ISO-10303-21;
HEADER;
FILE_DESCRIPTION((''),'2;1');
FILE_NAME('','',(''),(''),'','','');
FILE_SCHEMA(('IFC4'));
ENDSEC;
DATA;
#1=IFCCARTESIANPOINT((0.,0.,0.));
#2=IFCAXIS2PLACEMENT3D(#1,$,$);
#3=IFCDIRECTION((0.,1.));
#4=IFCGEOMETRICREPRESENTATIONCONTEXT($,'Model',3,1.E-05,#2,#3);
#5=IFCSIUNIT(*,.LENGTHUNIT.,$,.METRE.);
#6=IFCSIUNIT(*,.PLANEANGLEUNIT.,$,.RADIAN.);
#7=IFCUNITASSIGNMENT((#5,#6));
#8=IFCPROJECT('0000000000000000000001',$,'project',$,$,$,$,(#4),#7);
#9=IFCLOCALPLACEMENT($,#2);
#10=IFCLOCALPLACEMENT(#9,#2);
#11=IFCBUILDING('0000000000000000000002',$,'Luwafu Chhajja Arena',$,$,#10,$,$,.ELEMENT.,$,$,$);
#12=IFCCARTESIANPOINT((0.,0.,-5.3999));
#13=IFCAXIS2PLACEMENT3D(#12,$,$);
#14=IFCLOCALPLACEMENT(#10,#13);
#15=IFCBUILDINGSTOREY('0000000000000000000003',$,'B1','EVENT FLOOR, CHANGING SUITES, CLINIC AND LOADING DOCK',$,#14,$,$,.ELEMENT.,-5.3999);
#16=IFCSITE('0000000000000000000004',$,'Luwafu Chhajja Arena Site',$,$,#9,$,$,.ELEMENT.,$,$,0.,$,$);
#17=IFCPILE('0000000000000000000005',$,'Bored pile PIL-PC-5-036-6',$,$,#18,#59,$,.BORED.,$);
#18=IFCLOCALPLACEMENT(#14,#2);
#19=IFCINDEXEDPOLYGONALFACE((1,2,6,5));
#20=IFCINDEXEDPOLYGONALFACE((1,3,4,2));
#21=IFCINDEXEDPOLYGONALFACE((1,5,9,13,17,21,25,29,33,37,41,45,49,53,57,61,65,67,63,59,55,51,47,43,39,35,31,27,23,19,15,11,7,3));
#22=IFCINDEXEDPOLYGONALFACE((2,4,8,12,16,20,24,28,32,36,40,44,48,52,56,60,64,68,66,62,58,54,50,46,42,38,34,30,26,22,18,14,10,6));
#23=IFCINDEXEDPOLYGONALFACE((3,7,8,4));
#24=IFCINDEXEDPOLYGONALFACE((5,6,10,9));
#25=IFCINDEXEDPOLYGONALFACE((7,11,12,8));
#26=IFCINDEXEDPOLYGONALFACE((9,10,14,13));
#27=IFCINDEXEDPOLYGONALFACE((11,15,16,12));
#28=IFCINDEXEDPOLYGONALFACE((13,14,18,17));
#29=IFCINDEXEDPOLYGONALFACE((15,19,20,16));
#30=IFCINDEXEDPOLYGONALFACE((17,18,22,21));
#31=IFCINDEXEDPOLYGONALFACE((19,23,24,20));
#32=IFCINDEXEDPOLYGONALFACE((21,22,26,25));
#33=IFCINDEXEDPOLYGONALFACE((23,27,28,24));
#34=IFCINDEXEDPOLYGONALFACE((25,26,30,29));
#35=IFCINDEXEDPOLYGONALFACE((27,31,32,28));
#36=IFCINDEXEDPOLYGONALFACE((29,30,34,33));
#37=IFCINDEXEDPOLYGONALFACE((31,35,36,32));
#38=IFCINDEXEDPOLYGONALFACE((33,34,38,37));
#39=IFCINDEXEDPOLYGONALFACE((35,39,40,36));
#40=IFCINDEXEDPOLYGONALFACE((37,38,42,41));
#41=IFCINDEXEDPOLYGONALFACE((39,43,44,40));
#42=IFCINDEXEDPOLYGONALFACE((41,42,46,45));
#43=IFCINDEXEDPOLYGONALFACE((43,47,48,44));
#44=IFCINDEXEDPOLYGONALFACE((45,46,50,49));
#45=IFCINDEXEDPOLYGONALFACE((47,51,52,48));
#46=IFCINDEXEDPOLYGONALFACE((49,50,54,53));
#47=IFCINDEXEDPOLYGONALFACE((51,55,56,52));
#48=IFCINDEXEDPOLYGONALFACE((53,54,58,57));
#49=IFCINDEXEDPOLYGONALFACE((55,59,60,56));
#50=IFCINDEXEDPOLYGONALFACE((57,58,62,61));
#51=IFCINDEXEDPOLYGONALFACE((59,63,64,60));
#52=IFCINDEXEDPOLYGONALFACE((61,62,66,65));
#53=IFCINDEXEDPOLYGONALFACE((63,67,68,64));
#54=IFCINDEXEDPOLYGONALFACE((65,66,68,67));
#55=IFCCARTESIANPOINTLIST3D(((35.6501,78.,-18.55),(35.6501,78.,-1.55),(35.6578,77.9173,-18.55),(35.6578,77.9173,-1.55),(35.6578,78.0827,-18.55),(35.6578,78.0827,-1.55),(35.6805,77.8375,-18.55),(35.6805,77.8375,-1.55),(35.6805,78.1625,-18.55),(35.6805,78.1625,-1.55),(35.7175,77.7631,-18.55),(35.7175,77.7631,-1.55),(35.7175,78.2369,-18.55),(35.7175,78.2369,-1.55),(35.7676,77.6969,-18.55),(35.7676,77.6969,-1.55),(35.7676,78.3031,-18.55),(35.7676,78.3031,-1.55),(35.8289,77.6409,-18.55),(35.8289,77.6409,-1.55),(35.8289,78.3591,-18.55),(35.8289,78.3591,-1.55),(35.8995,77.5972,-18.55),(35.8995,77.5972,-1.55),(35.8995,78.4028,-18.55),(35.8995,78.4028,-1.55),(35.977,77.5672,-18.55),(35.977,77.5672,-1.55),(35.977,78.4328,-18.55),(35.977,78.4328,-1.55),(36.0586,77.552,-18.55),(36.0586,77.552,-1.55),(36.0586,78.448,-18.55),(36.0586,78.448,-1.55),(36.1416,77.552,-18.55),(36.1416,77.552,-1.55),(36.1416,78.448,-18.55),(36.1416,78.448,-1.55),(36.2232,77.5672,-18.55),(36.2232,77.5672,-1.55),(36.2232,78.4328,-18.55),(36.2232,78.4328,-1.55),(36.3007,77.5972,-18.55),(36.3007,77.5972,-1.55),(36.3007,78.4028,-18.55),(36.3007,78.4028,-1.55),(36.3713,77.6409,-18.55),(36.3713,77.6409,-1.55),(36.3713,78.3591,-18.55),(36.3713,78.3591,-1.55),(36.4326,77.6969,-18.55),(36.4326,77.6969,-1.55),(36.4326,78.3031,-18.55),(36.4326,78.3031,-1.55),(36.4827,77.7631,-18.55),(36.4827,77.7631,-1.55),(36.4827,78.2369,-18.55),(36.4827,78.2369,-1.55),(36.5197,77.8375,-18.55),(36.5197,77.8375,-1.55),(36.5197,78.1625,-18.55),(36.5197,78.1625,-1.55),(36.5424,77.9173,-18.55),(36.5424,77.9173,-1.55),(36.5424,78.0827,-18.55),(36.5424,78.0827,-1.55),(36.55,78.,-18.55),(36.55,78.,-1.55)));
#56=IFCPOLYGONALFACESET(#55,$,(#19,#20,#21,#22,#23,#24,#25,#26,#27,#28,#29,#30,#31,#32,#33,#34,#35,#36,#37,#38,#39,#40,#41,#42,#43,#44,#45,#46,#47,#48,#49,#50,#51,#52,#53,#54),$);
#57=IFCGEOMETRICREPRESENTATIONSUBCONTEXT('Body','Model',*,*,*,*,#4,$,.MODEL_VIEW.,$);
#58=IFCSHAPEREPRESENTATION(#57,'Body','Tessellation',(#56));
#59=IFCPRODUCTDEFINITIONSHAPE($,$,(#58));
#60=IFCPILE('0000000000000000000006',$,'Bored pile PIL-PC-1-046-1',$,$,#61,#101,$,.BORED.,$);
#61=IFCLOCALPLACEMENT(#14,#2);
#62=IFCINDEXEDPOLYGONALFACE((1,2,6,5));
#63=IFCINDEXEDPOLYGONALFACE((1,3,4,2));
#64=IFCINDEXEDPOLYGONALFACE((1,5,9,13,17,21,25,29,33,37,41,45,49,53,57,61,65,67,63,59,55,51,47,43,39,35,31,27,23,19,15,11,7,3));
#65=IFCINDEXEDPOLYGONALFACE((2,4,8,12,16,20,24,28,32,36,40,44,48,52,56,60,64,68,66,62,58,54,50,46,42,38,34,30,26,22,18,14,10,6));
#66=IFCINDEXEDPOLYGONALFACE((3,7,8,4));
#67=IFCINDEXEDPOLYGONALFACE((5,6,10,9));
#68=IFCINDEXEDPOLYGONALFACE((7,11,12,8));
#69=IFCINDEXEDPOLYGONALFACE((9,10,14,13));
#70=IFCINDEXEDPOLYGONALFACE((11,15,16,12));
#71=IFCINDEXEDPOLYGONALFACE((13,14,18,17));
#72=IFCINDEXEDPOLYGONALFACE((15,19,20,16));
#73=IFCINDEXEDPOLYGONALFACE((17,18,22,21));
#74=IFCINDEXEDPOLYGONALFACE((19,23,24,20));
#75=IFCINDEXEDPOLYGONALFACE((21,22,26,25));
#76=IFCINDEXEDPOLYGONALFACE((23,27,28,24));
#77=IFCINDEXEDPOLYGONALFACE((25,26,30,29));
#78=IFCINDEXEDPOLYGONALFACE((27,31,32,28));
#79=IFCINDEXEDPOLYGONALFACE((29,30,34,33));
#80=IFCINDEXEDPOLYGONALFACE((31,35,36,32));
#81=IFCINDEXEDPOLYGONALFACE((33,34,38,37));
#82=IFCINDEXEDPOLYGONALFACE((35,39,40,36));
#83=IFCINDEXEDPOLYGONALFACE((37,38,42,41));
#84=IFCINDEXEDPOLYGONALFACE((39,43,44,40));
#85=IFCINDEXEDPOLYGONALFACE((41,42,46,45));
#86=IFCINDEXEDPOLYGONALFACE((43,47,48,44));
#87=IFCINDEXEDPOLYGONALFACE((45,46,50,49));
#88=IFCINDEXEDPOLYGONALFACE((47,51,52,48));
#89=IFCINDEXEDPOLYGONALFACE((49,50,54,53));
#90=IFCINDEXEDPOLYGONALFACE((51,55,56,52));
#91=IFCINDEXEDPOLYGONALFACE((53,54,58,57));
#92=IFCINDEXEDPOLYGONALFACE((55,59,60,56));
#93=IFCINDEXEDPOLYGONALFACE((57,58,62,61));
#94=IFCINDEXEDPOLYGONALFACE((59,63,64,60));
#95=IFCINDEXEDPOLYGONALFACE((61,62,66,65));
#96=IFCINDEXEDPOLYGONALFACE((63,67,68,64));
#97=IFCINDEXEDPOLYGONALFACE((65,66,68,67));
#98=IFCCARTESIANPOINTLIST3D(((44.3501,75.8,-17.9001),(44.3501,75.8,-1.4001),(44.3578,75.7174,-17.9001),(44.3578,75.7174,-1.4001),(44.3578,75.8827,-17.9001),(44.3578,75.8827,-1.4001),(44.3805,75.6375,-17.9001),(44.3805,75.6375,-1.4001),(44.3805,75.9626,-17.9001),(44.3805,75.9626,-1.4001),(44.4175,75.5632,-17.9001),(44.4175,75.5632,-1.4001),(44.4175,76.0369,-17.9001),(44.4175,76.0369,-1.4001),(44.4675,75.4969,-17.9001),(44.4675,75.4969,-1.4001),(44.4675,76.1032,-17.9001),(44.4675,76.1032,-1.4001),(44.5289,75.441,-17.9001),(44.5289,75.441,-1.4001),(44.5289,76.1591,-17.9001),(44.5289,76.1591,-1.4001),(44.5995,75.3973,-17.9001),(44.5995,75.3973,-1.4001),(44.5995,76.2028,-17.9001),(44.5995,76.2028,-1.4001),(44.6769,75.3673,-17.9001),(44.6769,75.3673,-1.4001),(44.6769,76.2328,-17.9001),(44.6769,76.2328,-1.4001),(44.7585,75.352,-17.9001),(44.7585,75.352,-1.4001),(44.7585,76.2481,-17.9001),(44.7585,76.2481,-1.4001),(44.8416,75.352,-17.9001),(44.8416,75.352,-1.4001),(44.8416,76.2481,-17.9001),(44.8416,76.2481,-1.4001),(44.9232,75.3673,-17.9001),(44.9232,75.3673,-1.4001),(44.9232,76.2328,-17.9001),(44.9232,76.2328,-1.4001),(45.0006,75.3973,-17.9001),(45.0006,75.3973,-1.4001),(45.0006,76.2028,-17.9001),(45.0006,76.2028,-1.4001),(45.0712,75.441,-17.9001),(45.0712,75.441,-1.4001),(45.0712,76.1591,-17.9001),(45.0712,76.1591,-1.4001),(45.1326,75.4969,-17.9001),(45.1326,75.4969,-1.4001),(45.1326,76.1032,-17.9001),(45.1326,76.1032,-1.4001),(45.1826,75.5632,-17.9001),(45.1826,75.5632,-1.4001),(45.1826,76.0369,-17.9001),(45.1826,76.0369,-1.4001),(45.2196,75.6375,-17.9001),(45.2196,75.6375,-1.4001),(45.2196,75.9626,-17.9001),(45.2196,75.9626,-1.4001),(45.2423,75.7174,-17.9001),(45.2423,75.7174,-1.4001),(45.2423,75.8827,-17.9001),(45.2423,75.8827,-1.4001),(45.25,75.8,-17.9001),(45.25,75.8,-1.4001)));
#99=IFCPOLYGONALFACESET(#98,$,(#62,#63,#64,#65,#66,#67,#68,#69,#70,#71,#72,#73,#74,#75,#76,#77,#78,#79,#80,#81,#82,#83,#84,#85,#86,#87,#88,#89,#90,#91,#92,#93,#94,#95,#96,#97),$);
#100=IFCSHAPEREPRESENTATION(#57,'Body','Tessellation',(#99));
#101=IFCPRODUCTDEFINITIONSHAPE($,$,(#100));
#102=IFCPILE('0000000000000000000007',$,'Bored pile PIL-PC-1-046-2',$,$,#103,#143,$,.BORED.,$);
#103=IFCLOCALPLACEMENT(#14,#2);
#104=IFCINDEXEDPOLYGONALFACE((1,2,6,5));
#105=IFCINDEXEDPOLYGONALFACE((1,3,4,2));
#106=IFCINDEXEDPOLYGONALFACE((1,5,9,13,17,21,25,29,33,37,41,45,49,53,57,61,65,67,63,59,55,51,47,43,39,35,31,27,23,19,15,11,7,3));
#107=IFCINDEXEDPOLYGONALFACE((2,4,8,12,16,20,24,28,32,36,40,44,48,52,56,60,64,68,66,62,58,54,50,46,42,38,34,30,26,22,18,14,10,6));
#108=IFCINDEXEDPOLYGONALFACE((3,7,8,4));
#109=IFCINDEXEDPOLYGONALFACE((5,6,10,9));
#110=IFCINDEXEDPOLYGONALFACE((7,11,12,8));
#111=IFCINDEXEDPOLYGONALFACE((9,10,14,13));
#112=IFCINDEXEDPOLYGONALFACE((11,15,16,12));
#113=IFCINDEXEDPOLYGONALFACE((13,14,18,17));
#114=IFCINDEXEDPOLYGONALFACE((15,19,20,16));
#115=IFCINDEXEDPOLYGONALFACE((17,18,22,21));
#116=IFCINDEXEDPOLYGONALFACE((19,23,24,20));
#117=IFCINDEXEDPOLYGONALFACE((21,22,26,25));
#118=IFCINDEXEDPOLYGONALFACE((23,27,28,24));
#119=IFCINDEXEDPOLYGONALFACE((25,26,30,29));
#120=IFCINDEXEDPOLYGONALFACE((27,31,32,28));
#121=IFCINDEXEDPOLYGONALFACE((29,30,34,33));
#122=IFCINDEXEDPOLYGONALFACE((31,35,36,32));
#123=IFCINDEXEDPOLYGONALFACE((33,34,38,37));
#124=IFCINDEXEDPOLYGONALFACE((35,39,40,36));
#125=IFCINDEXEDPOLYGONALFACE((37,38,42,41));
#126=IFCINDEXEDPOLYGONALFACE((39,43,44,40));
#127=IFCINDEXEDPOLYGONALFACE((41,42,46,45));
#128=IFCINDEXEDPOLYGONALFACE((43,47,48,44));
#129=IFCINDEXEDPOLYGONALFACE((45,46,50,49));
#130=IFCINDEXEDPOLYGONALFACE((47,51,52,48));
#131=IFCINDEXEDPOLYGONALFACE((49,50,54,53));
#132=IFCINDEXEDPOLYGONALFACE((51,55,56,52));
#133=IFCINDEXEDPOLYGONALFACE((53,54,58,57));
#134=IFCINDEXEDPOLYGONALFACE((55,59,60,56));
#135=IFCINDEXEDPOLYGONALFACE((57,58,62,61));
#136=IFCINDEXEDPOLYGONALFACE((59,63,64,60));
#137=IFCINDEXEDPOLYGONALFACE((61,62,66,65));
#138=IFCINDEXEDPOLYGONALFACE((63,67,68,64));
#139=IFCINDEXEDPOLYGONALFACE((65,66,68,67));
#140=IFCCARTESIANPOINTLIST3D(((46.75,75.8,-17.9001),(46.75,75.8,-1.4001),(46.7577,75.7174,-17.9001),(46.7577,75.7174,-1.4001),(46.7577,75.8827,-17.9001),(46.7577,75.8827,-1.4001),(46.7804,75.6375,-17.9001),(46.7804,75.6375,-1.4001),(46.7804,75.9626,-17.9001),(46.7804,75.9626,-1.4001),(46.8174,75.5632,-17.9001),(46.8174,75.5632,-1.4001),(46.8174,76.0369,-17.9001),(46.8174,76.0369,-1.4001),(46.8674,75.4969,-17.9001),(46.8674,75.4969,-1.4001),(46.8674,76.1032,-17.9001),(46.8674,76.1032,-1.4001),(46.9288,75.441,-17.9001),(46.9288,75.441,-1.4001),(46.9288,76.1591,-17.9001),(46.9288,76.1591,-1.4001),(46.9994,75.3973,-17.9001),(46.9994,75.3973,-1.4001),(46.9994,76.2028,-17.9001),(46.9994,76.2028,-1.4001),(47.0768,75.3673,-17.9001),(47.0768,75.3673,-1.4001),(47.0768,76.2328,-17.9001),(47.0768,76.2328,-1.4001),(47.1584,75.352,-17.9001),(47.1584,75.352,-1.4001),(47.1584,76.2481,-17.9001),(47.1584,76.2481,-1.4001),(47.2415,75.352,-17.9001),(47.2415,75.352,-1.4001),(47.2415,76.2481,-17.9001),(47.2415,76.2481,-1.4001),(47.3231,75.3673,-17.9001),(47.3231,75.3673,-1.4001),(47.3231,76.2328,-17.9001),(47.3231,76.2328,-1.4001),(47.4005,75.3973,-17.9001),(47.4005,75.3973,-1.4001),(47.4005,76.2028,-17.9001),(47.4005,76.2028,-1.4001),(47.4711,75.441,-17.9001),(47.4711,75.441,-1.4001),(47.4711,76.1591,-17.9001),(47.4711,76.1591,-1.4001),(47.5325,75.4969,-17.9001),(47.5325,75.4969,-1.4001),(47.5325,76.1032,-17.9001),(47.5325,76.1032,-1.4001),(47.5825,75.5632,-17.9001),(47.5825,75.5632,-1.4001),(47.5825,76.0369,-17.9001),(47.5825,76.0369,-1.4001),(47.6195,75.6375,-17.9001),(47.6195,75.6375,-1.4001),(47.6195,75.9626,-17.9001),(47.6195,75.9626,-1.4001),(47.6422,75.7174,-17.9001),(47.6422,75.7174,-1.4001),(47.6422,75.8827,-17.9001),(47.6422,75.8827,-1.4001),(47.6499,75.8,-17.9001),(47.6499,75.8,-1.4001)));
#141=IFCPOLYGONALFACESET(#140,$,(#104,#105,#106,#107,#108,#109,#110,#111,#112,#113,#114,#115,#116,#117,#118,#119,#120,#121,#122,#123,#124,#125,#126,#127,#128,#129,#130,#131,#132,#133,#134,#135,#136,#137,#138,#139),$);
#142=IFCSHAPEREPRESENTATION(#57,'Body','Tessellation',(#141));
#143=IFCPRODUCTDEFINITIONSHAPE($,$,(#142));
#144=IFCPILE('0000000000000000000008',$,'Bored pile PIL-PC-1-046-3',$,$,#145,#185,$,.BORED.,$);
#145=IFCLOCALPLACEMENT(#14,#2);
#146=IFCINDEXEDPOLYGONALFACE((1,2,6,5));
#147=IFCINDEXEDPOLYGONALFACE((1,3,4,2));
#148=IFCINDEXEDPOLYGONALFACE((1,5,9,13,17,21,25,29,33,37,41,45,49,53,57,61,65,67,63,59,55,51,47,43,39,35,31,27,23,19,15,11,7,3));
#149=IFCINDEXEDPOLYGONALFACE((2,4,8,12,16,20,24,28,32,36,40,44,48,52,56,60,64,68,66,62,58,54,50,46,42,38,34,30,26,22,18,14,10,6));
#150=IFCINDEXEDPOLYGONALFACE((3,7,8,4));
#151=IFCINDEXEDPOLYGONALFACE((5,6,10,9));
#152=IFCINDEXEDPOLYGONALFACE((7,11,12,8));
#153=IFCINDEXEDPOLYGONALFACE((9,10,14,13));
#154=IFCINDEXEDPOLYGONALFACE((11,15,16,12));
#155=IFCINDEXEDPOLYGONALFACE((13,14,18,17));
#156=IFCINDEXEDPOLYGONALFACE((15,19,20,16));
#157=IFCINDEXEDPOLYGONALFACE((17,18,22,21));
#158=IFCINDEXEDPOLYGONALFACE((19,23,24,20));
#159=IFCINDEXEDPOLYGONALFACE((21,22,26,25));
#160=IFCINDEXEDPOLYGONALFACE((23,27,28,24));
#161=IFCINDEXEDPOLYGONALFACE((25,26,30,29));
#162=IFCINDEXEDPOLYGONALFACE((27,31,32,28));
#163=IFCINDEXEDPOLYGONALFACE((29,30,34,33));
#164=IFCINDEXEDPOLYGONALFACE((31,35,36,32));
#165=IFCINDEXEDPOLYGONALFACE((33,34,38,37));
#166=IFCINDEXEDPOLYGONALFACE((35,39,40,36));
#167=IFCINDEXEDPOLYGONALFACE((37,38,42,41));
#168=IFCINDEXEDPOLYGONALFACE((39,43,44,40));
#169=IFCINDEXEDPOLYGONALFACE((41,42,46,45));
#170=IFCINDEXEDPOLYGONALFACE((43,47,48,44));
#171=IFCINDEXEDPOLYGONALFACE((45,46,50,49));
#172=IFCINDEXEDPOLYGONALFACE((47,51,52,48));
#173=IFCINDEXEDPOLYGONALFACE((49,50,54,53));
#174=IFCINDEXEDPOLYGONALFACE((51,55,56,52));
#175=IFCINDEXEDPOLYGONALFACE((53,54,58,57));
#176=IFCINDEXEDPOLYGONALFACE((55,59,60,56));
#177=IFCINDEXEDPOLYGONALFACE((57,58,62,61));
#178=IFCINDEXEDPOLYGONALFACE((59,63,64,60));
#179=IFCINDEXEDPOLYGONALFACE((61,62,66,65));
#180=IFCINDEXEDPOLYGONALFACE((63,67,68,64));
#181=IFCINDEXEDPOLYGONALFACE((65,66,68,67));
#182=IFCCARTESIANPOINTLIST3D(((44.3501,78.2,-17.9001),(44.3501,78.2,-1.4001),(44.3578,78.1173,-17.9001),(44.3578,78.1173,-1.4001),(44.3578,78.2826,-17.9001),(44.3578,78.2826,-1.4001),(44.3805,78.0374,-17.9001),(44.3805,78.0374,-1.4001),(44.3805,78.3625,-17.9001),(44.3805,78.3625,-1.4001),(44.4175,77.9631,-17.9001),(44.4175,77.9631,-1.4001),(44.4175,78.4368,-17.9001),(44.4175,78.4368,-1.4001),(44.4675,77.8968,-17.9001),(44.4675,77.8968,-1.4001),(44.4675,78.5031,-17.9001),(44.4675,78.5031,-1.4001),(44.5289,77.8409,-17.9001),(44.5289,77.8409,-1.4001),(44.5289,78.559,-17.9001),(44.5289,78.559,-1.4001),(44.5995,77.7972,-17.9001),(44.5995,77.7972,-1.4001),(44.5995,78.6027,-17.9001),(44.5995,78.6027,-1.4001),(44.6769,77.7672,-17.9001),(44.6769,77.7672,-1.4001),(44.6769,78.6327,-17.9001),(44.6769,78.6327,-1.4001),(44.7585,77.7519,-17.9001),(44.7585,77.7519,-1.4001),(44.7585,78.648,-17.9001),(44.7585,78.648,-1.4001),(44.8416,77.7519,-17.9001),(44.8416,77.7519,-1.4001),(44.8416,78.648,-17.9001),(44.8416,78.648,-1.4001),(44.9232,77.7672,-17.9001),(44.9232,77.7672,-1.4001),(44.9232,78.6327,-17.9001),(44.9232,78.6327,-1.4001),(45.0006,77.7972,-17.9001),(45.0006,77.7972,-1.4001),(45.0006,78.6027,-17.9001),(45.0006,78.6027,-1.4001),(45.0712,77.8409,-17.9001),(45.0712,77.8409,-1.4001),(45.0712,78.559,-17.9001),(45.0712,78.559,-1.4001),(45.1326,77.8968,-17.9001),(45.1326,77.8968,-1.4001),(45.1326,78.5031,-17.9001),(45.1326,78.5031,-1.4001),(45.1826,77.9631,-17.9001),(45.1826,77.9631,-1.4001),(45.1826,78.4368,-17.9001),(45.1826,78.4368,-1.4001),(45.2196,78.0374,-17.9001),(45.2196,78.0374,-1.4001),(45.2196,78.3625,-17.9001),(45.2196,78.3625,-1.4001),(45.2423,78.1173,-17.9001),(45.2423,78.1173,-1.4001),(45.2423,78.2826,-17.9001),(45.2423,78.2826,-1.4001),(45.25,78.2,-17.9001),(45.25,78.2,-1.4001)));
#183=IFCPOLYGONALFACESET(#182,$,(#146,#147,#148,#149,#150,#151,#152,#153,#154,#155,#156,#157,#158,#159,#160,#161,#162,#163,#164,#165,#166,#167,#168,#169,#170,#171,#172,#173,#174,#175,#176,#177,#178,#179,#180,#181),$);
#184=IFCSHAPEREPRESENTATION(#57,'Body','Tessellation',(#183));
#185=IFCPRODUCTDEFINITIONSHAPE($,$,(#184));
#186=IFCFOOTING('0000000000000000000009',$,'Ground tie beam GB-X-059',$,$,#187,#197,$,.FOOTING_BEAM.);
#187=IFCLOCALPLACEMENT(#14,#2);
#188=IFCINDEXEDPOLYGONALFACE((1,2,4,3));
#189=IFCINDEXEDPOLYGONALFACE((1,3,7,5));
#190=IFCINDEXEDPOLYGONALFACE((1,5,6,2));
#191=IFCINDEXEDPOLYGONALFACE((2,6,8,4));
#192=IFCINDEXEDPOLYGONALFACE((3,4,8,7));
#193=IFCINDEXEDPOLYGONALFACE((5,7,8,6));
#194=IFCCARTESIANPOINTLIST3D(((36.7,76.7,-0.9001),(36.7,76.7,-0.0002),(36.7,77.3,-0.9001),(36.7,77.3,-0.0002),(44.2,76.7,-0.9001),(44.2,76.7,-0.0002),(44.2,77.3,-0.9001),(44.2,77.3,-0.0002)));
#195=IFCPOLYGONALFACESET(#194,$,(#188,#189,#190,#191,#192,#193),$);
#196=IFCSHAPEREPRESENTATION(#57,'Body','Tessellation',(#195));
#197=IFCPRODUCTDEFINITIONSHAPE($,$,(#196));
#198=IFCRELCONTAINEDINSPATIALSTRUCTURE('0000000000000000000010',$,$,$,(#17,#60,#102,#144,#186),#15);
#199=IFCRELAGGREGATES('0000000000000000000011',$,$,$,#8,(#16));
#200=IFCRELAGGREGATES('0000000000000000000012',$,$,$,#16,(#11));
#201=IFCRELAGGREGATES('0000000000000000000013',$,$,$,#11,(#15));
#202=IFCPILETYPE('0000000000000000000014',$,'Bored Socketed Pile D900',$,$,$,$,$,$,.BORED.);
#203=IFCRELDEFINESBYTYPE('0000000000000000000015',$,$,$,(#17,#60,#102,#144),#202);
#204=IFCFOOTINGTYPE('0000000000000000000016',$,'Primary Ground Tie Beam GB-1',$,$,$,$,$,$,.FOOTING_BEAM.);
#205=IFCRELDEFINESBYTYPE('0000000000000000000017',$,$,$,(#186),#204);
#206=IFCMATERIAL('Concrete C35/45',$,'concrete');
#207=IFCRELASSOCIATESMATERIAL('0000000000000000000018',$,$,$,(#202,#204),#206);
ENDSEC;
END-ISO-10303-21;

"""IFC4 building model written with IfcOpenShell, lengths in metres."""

from ifc_helpers import new_model, si_unit, direction, frame, origin, origin_2d, place, context, subcontext, project, spatial, rectangle, circle, extrude, material, material_profile, profile_set, type_object, element, save


model = new_model("IFC4")

# Units and contexts
model_context = context("Model", 3, precision=1e-05, world=origin(), true_north=direction((0.0, 1.0)))
body_context = subcontext(model_context, "Body", "Model", "MODEL_VIEW")
ifc_project = project(units=[si_unit("LENGTHUNIT", "METRE"), si_unit("PLANEANGLEUNIT", "RADIAN")], contexts=[model_context])

# Site, building, storey
site_placement = place(None, origin())
site = spatial("IfcSite", under=ifc_project, at=site_placement, Name="Luwafu Chhajja Arena Site", CompositionType="ELEMENT", RefElevation=0.0)
building_placement = place(site_placement, origin())
building = spatial("IfcBuilding", under=site, at=building_placement, Name="Luwafu Chhajja Arena", CompositionType="ELEMENT")
storey_placement = place(building_placement, frame((0.0, 0.0, -5.3999)))
storey = spatial("IfcBuildingStorey", under=building, at=storey_placement, Name="B1", Description="EVENT FLOOR, CHANGING SUITES, CLINIC AND LOADING DOCK", CompositionType="ELEMENT", Elevation=-5.3999)

# Shared definitions
ifc_material_1 = material(Name="Concrete C35/45", Category="concrete")

# Piles
ifc_material_profile_1 = material_profile(ifc_material_1, circle(Radius=0.45, at=origin_2d()), Name="PILE D900")
ifc_profile_set_1 = profile_set([ifc_material_profile_1], Name="Concrete C35/45")
pile_type_1 = type_object("IfcPileType", Name="Bored Socketed Pile D900", PredefinedType="BORED", material=ifc_profile_set_1)
for number, where, z_axis, x_axis, name in (
    (1, (36.1001, 78.0, -1.55), (0.0, 0.0, -1.0), (1.0, 0.0, 0.0), "Bored pile PIL-PC-5-036-6"),
):
    element("IfcPile", number, at=place(storey_placement, frame(where, z_axis=z_axis, x_axis=x_axis)), inside=storey, type_object=pile_type_1, Name=name, PredefinedType="BORED", context=body_context, shape_type="SweptSolid", body=[
        extrude(circle(Radius=0.45, at=origin_2d()), origin(), (0.0, 0.0, 1.0), 17.0),
    ])
for number, where, z_axis, x_axis, name in (
    (2, (44.8, 75.8, -1.4001), (0.0, 0.0, -1.0), (1.0, 0.0, 0.0), "Bored pile PIL-PC-1-046-1"),
    (3, (47.2, 75.8, -1.4001), (0.0, 0.0, -1.0), (1.0, 0.0, 0.0), "Bored pile PIL-PC-1-046-2"),
    (4, (44.8, 78.2, -1.4001), (0.0, 0.0, -1.0), (1.0, 0.0, 0.0), "Bored pile PIL-PC-1-046-3"),
):
    element("IfcPile", number, at=place(storey_placement, frame(where, z_axis=z_axis, x_axis=x_axis)), inside=storey, type_object=pile_type_1, Name=name, PredefinedType="BORED", context=body_context, shape_type="SweptSolid", body=[
        extrude(circle(Radius=0.45, at=origin_2d()), origin(), (0.0, 0.0, 1.0), 16.5),
    ])

# Footing
ifc_material_profile_2 = material_profile(ifc_material_1, rectangle(XDim=0.6001, YDim=0.8999, at=origin_2d()), Name="RC 600x900")
ifc_profile_set_2 = profile_set([ifc_material_profile_2], Name="Concrete C35/45")
footing_type_1 = type_object("IfcFootingType", Name="Primary Ground Tie Beam GB-1", PredefinedType="FOOTING_BEAM", material=ifc_profile_set_2)
footing_1_placement = place(storey_placement, frame((36.7, 77.0, -0.4502), z_axis=(1.0, 0.0, 0.0), x_axis=(0.0, 1.0, 0.0)))
element("IfcFooting", 5, at=footing_1_placement, inside=storey, type_object=footing_type_1, Name="Ground tie beam GB-X-059", PredefinedType="FOOTING_BEAM", context=body_context, shape_type="SweptSolid", body=[
    extrude(rectangle(XDim=0.6001, YDim=0.8999, at=origin_2d()), origin(), (0.0, 0.0, 1.0), 7.5),
])

save(model, "model.ifc")
